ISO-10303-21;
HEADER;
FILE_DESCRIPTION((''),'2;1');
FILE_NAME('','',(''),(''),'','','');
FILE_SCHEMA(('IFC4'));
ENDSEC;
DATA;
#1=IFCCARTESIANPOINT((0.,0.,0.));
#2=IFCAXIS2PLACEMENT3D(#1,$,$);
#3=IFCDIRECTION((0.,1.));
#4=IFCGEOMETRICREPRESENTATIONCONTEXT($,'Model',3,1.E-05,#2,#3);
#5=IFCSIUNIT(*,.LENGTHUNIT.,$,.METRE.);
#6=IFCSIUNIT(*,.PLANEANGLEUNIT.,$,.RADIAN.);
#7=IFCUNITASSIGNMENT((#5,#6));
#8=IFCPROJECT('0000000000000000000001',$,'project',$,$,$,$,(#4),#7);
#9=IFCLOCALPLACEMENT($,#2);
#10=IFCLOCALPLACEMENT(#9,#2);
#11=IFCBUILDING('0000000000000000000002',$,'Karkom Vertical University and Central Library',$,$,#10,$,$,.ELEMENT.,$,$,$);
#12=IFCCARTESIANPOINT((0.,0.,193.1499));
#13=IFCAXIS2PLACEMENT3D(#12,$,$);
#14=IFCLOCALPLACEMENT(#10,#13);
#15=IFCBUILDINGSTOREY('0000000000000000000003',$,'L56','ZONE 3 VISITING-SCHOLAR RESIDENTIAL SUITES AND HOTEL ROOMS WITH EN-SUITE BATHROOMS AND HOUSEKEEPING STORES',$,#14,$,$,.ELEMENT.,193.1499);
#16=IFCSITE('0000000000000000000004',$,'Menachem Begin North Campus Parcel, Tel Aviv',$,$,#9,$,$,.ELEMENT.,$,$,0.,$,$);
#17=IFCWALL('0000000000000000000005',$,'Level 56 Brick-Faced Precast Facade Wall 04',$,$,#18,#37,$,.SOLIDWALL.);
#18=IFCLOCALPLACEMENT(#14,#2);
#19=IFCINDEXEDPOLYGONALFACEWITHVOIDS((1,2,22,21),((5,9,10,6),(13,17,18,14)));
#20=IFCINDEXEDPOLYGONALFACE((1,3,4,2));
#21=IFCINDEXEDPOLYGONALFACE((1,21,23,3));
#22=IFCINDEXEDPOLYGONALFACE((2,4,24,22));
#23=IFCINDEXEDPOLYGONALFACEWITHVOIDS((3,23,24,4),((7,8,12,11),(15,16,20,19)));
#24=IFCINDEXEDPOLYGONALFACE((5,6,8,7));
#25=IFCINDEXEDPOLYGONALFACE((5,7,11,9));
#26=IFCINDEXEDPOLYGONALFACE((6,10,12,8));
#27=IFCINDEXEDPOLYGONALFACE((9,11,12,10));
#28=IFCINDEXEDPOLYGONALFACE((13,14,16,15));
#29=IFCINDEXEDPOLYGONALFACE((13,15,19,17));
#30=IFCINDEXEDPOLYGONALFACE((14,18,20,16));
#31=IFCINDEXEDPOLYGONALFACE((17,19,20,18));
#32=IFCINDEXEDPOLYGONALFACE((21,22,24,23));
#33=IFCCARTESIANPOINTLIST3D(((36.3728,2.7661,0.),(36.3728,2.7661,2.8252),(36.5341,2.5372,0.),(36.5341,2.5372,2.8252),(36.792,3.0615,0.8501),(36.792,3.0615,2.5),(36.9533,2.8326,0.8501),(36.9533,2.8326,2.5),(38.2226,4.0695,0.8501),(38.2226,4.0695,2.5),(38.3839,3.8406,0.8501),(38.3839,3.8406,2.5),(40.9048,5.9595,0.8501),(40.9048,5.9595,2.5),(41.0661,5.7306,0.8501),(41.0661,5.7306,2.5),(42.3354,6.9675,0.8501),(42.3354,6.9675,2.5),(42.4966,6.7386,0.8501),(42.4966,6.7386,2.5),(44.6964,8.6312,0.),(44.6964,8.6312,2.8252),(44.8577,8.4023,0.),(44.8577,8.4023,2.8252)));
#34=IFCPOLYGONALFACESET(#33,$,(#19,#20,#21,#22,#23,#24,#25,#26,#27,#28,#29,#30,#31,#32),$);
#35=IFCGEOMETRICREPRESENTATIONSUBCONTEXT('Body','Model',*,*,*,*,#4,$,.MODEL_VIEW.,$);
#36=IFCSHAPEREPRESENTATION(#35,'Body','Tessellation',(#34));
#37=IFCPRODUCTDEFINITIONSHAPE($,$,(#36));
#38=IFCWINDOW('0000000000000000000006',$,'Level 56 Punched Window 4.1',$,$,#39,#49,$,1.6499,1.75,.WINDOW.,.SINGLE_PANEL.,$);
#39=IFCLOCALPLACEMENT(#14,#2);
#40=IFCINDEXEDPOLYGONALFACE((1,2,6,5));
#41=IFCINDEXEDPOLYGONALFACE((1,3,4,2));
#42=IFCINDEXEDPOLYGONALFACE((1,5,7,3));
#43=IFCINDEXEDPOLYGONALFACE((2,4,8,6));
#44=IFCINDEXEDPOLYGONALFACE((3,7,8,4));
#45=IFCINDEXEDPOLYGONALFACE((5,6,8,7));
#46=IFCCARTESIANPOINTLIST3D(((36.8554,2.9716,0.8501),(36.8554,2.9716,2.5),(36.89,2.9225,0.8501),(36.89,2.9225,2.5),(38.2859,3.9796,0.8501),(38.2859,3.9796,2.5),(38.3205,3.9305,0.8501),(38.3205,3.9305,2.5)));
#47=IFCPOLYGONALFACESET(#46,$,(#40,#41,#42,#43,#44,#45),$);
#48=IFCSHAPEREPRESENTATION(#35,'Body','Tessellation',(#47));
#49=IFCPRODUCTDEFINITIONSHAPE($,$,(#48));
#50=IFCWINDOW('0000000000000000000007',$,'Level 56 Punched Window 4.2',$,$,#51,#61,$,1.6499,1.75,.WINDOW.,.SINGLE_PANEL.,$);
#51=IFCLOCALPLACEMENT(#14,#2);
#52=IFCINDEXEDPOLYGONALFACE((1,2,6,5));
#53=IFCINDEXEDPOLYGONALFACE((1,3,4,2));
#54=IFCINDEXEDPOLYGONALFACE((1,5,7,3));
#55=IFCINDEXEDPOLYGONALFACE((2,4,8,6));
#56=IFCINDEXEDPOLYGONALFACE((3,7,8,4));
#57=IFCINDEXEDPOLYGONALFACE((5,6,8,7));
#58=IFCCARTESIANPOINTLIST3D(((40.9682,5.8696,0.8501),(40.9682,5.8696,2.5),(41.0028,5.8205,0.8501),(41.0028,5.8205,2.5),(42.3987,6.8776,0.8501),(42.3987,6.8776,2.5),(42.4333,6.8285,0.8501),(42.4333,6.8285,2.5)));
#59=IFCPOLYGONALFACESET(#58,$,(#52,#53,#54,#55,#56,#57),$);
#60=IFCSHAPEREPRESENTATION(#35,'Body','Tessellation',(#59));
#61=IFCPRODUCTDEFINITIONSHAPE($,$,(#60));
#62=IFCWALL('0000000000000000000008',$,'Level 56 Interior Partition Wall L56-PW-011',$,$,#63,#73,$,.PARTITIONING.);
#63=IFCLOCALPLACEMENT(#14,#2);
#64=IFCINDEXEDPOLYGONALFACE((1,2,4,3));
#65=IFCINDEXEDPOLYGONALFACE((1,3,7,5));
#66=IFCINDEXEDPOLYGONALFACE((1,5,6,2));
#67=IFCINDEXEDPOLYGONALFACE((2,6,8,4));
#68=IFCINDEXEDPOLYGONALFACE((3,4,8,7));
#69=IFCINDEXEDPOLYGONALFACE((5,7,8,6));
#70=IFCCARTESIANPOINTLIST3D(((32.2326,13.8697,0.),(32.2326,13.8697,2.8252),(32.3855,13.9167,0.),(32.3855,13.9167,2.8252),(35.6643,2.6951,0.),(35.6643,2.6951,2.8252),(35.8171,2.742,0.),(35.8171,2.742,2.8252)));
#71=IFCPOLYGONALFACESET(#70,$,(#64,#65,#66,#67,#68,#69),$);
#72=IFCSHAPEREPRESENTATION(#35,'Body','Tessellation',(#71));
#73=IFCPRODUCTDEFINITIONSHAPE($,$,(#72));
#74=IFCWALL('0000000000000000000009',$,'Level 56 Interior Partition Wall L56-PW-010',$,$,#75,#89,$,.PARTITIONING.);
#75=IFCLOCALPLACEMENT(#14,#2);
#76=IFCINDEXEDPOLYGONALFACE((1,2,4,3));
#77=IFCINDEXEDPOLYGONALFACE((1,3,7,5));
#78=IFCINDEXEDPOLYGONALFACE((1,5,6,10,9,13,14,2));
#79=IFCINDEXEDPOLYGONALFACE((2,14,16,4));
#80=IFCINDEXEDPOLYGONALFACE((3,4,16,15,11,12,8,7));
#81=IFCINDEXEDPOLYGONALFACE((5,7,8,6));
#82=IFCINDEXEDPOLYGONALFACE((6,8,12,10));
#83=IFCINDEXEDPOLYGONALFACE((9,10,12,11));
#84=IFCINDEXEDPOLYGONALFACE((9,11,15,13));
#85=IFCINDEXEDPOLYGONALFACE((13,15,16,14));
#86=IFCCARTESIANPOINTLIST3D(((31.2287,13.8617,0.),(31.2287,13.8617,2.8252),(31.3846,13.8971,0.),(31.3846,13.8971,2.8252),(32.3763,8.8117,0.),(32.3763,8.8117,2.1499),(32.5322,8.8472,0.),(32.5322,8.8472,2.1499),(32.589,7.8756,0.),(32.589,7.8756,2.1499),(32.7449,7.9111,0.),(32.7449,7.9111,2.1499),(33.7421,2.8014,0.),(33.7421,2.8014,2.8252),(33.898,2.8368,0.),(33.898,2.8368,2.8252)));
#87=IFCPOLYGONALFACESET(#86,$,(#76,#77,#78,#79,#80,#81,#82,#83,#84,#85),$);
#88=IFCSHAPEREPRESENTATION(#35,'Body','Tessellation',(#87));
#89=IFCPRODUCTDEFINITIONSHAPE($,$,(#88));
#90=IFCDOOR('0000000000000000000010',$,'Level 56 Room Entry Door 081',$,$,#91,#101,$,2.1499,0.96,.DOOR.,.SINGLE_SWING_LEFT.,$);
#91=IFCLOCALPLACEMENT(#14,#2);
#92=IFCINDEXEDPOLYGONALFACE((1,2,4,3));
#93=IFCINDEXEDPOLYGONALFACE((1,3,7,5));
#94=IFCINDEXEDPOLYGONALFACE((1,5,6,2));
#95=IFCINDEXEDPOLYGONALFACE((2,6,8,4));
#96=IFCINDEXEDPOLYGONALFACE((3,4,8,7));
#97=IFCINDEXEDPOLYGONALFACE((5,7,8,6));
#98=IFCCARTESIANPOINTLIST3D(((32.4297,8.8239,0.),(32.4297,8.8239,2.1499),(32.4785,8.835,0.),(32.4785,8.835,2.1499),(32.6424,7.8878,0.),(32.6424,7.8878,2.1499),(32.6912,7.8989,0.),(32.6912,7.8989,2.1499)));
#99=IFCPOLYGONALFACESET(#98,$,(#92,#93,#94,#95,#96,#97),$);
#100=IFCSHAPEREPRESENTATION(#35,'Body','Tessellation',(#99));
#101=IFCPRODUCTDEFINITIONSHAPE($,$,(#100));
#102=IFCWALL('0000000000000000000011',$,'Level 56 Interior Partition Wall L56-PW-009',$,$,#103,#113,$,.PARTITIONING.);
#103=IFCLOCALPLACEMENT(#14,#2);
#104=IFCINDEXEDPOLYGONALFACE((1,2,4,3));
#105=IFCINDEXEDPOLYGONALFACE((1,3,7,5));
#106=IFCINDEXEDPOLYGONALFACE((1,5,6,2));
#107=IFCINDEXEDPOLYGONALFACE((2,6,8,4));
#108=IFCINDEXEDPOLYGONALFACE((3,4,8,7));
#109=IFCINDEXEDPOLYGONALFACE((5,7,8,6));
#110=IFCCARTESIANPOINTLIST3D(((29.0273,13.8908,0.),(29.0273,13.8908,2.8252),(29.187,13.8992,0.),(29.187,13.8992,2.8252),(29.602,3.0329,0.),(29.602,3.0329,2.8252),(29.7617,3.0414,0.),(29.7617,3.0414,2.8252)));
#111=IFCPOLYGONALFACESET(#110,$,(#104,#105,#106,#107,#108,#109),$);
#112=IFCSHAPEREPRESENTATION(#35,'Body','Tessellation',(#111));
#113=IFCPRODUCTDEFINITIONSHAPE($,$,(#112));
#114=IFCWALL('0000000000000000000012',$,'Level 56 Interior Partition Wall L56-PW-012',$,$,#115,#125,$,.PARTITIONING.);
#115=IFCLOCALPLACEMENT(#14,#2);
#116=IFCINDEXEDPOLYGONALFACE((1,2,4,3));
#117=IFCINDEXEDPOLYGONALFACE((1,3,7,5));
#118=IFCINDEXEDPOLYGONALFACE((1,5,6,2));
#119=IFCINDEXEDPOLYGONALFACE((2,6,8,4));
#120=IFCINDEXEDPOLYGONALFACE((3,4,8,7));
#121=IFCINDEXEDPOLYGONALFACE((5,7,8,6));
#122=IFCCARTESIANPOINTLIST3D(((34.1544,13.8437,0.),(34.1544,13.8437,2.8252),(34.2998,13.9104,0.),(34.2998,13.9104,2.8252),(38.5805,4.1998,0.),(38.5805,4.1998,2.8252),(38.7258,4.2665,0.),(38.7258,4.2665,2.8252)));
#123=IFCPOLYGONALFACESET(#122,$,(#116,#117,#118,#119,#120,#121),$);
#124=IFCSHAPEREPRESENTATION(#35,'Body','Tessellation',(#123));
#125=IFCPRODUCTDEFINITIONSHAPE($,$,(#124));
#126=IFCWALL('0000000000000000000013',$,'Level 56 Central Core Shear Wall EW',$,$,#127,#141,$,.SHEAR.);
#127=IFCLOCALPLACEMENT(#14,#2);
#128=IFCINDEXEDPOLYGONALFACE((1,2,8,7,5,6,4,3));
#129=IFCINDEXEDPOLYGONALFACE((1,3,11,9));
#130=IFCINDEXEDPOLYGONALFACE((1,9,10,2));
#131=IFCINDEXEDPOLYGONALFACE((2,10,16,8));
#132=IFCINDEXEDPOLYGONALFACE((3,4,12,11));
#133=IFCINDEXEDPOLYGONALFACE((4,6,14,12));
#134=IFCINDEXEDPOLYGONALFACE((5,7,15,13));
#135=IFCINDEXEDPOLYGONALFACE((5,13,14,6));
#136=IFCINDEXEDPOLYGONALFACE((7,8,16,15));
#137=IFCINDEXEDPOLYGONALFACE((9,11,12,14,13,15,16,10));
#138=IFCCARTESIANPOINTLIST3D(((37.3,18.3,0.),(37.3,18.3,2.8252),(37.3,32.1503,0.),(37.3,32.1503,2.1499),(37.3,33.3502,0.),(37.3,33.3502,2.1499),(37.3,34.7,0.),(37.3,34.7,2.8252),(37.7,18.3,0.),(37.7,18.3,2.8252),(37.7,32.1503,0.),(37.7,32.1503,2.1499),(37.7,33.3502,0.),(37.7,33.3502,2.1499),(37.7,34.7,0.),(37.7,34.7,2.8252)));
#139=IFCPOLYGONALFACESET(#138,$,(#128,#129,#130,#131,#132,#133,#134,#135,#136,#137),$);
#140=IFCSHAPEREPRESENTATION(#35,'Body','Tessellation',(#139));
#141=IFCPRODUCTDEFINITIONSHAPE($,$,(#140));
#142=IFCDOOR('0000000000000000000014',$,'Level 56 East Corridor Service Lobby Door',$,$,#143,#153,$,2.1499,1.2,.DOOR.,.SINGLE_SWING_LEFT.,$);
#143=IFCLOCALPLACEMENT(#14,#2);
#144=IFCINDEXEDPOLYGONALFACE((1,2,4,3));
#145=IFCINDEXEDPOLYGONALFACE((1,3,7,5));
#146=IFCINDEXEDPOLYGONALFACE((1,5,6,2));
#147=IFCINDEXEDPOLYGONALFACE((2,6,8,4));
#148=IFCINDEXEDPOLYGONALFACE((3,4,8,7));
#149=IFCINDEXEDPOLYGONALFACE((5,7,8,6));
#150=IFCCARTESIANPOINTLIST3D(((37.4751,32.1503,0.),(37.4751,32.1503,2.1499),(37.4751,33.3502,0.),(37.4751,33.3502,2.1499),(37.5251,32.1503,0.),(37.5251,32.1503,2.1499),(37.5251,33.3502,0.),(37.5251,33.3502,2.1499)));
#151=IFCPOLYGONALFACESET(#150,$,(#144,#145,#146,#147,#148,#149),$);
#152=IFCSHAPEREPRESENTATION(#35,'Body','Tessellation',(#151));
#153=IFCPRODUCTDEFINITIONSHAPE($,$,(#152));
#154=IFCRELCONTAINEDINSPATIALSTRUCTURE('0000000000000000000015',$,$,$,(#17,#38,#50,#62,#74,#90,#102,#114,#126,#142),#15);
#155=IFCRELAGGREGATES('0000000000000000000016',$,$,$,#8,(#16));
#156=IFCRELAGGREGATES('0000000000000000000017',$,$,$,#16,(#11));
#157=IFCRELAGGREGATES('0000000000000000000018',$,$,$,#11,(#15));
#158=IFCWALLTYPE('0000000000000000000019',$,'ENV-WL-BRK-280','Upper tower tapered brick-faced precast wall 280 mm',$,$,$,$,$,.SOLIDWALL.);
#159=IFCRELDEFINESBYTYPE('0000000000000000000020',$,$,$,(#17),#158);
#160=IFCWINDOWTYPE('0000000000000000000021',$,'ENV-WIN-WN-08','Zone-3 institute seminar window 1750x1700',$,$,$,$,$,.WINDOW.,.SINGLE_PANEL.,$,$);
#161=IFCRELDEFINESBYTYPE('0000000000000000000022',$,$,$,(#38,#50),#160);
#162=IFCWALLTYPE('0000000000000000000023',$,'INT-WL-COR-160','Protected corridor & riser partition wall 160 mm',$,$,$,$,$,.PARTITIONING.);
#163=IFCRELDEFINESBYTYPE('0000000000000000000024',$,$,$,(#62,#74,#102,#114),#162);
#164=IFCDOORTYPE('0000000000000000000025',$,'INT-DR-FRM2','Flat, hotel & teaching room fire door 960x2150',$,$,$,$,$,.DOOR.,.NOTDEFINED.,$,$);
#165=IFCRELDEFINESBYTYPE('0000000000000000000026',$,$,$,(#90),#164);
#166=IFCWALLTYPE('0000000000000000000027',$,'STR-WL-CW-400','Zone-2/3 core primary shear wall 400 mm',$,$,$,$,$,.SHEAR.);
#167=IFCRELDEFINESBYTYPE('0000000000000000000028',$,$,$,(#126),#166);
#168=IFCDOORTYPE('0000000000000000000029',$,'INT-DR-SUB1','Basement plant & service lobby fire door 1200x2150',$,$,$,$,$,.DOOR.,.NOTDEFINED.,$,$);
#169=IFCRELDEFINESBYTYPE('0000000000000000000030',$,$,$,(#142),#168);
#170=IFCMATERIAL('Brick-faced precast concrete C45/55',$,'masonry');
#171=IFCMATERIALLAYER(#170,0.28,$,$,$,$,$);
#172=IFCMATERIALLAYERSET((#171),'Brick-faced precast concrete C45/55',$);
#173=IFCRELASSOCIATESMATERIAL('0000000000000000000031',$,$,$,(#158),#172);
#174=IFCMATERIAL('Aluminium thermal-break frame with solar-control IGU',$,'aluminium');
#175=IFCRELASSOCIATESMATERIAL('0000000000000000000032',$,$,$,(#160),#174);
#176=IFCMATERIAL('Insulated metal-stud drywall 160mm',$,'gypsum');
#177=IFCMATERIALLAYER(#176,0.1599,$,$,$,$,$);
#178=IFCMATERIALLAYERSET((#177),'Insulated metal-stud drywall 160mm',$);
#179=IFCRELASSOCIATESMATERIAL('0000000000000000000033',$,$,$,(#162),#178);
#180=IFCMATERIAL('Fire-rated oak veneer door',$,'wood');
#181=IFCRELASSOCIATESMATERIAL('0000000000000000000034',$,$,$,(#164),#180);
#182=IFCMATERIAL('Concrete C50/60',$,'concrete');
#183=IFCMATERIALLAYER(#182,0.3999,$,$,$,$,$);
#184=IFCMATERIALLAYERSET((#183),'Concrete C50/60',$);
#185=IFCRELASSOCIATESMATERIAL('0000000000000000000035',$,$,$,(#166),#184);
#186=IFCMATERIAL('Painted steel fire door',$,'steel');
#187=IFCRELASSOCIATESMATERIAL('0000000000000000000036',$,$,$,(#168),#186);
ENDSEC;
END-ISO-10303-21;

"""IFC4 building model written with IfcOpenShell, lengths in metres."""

from ifc_helpers import new_model, si_unit, direction, frame, frame_2d, origin, origin_with_axes, place, context, subcontext, project, spatial, rectangle, extrude, source, transform, mapped, material, layer, layer_set, type_object, element, fill, save


model = new_model("IFC4")

# Units and contexts
model_context = context("Model", 3, precision=1e-05, world=origin(), true_north=direction((0.0, 1.0)))
body_context = subcontext(model_context, "Body", "Model", "MODEL_VIEW")
ifc_project = project(units=[si_unit("LENGTHUNIT", "METRE"), si_unit("PLANEANGLEUNIT", "RADIAN")], contexts=[model_context])

# Site, building, storey
site_placement = place(None, origin())
site = spatial("IfcSite", under=ifc_project, at=site_placement, Name="Menachem Begin North Campus Parcel, Tel Aviv", CompositionType="ELEMENT", RefElevation=0.0)
building_placement = place(site_placement, origin())
building = spatial("IfcBuilding", under=site, at=building_placement, Name="Karkom Vertical University and Central Library", CompositionType="ELEMENT")
storey_placement = place(building_placement, frame((0.0, 0.0, 193.1499)))
storey = spatial("IfcBuildingStorey", under=building, at=storey_placement, Name="L56", Description="ZONE 3 VISITING-SCHOLAR RESIDENTIAL SUITES AND HOTEL ROOMS WITH EN-SUITE BATHROOMS AND HOUSEKEEPING STORES", CompositionType="ELEMENT", Elevation=193.1499)

# Shared definitions
ifc_material_1 = material(Name="Concrete C50/60", Category="concrete")

# Wall, openings, windows
ifc_material_2 = material(Name="Brick-faced precast concrete C45/55", Category="masonry")
ifc_layer_1 = layer(ifc_material_2, 0.28)
ifc_layer_set_1 = layer_set([ifc_layer_1], Name="Brick-faced precast concrete C45/55")
wall_type_1 = type_object("IfcWallType", Name="ENV-WL-BRK-280", Description="Upper tower tapered brick-faced precast wall 280 mm", PredefinedType="SOLIDWALL", material=ifc_layer_set_1)
wall_1_placement = place(storey_placement, frame((36.4534, 2.6516, 0.0), z_axis=(0.0, 0.0, 1.0), x_axis=(0.817449, 0.576001, 0.0)))
wall_1 = element("IfcWall", 1, at=wall_1_placement, inside=storey, type_object=wall_type_1, Name="Level 56 Brick-Faced Precast Facade Wall 04", PredefinedType="SOLIDWALL", context=body_context, shape_type="SweptSolid", body=[
    extrude(rectangle(XDim=10.1824, YDim=0.28, at=frame_2d((5.0913, 0.0))), origin(), (0.0, 0.0, 1.0), 2.8252),
])
opening_1_placement = place(wall_1_placement, frame((0.5129, 0.0, 0.8501)))
opening_1 = element("IfcOpeningElement", 2, at=opening_1_placement, cuts=wall_1, PredefinedType="OPENING", context=body_context, shape_type="SweptSolid", body=[
    extrude(rectangle(XDim=1.75, YDim=1.6499, at=frame_2d((0.875, 0.825))), frame((0.0, 0.1499, 0.0), z_axis=(0.0, -1.0, 0.0), x_axis=(1.0, 0.0, 0.0)), (0.0, 0.0, 1.0), 0.3),
])
opening_2_placement = place(wall_1_placement, frame((5.5442, 0.0, 0.8501)))
opening_2 = element("IfcOpeningElement", 3, at=opening_2_placement, cuts=wall_1, PredefinedType="OPENING", context=body_context, shape_type="SweptSolid", body=[
    extrude(rectangle(XDim=1.75, YDim=1.6499, at=frame_2d((0.875, 0.825))), frame((0.0, 0.1499, 0.0), z_axis=(0.0, -1.0, 0.0), x_axis=(1.0, 0.0, 0.0)), (0.0, 0.0, 1.0), 0.3),
])
ifc_material_3 = material(Name="Aluminium thermal-break frame with solar-control IGU", Category="aluminium")
window_type = type_object("IfcWindowType", Name="ENV-WIN-WN-08", Description="Zone-3 institute seminar window 1750x1700", PartitioningType="SINGLE_PANEL", PredefinedType="WINDOW", material=ifc_material_3)
shared_shape_1 = source(origin_with_axes(), body_context, "Body", "SweptSolid", [
    extrude(rectangle(XDim=1.75, YDim=1.6499, at=frame_2d((0.875, 0.825))), frame((0.0, 0.03, 0.0), z_axis=(0.0, -1.0, 0.0), x_axis=(1.0, 0.0, 0.0)), (0.0, 0.0, 1.0), 0.0601),
])
window_1_placement = place(opening_1_placement, origin())
window_1 = element("IfcWindow", 4, at=window_1_placement, inside=storey, type_object=window_type, Name="Level 56 Punched Window 4.1", OverallHeight=1.6499, OverallWidth=1.75, PartitioningType="SINGLE_PANEL", PredefinedType="WINDOW", context=body_context, shape_type="MappedRepresentation", body=[
    mapped(shared_shape_1, transform((0.0, 0.0, 0.0), scale=1.0)),
])
fill(opening_1, window_1)
window_2_placement = place(opening_2_placement, origin())
window_2 = element("IfcWindow", 5, at=window_2_placement, inside=storey, type_object=window_type, Name="Level 56 Punched Window 4.2", OverallHeight=1.6499, OverallWidth=1.75, PartitioningType="SINGLE_PANEL", PredefinedType="WINDOW", context=body_context, shape_type="MappedRepresentation", body=[
    mapped(shared_shape_1, transform((0.0, 0.0, 0.0), scale=1.0)),
])
fill(opening_2, window_2)

# Wall
ifc_material_4 = material(Name="Insulated metal-stud drywall 160mm", Category="gypsum")
ifc_layer_2 = layer(ifc_material_4, 0.1599)
ifc_layer_set_2 = layer_set([ifc_layer_2], Name="Insulated metal-stud drywall 160mm")
wall_type_2 = type_object("IfcWallType", Name="INT-WL-COR-160", Description="Protected corridor & riser partition wall 160 mm", PredefinedType="PARTITIONING", material=ifc_layer_set_2)
wall_2_placement = place(storey_placement, frame((32.3091, 13.8931, 0.0), z_axis=(0.0, 0.0, 1.0), x_axis=(0.293563, -0.95594, 0.0)))
element("IfcWall", 6, at=wall_2_placement, inside=storey, type_object=wall_type_2, Name="Level 56 Interior Partition Wall L56-PW-011", PredefinedType="PARTITIONING", context=body_context, shape_type="SweptSolid", body=[
    extrude(rectangle(XDim=11.6897, YDim=0.1599, at=frame_2d((5.8447, 0.0))), origin(), (0.0, 0.0, 1.0), 2.8252),
])

# Wall, opening, door
wall_3_placement = place(storey_placement, frame((31.3066, 13.8794, 0.0), z_axis=(0.0, 0.0, 1.0), x_axis=(0.221598, -0.975138, 0.0)))
wall_3 = element("IfcWall", 7, at=wall_3_placement, inside=storey, type_object=wall_type_2, Name="Level 56 Interior Partition Wall L56-PW-010", PredefinedType="PARTITIONING", context=body_context, shape_type="SweptSolid", body=[
    extrude(rectangle(XDim=11.3423, YDim=0.1599, at=frame_2d((5.6711, 0.0))), origin(), (0.0, 0.0, 1.0), 2.8252),
])
opening_3_placement = place(wall_3_placement, frame((5.1787, 0.0, 0.0)))
opening_3 = element("IfcOpeningElement", 8, at=opening_3_placement, cuts=wall_3, PredefinedType="OPENING", context=body_context, shape_type="SweptSolid", body=[
    extrude(rectangle(XDim=0.96, YDim=2.1499, at=frame_2d((0.48, 1.075))), frame((0.0, 0.0898, 0.0), z_axis=(0.0, -1.0, 0.0), x_axis=(1.0, 0.0, 0.0)), (0.0, 0.0, 1.0), 0.1799),
])
ifc_material_5 = material(Name="Fire-rated oak veneer door", Category="wood")
door_type_1 = type_object("IfcDoorType", Name="INT-DR-FRM2", Description="Flat, hotel & teaching room fire door 960x2150", OperationType="NOTDEFINED", PredefinedType="DOOR", material=ifc_material_5)
shared_shape_2 = source(origin_with_axes(), body_context, "Body", "SweptSolid", [
    extrude(rectangle(XDim=0.96, YDim=2.1499, at=frame_2d((0.48, 1.075))), frame((0.0, 0.0249, 0.0), z_axis=(0.0, -1.0, 0.0), x_axis=(1.0, 0.0, 0.0)), (0.0, 0.0, 1.0), 0.05),
])
door_1_placement = place(opening_3_placement, origin())
door_1 = element("IfcDoor", 9, at=door_1_placement, inside=storey, type_object=door_type_1, Name="Level 56 Room Entry Door 081", OperationType="SINGLE_SWING_LEFT", OverallHeight=2.1499, OverallWidth=0.96, PredefinedType="DOOR", context=body_context, shape_type="MappedRepresentation", body=[
    mapped(shared_shape_2, transform((0.0, 0.0, 0.0), scale=1.0)),
])
fill(opening_3, door_1)

# Walls
wall_4_placement = place(storey_placement, frame((29.1072, 13.895, 0.0), z_axis=(0.0, 0.0, 1.0), x_axis=(0.052856, -0.998602, 0.0)))
element("IfcWall", 10, at=wall_4_placement, inside=storey, type_object=wall_type_2, Name="Level 56 Interior Partition Wall L56-PW-009", PredefinedType="PARTITIONING", context=body_context, shape_type="SweptSolid", body=[
    extrude(rectangle(XDim=10.873, YDim=0.1599, at=frame_2d((5.4365, 0.0))), origin(), (0.0, 0.0, 1.0), 2.8252),
])
wall_5_placement = place(storey_placement, frame((34.2271, 13.8772, 0.0), z_axis=(0.0, 0.0, 1.0), x_axis=(0.417118, -0.908852, 0.0)))
element("IfcWall", 11, at=wall_5_placement, inside=storey, type_object=wall_type_2, Name="Level 56 Interior Partition Wall L56-PW-012", PredefinedType="PARTITIONING", context=body_context, shape_type="SweptSolid", body=[
    extrude(rectangle(XDim=10.6111, YDim=0.1599, at=frame_2d((5.3057, 0.0))), origin(), (0.0, 0.0, 1.0), 2.8252),
])

# Wall, opening, door
ifc_layer_3 = layer(ifc_material_1, 0.3999)
ifc_layer_set_3 = layer_set([ifc_layer_3], Name="Concrete C50/60")
wall_type_3 = type_object("IfcWallType", Name="STR-WL-CW-400", Description="Zone-2/3 core primary shear wall 400 mm", PredefinedType="SHEAR", material=ifc_layer_set_3)
wall_6_placement = place(storey_placement, frame((37.5, 18.3, 0.0), z_axis=(0.0, 0.0, 1.0), x_axis=(0.0, 1.0, 0.0)))
wall_6 = element("IfcWall", 12, at=wall_6_placement, inside=storey, type_object=wall_type_3, Name="Level 56 Central Core Shear Wall EW", PredefinedType="SHEAR", context=body_context, shape_type="SweptSolid", body=[
    extrude(rectangle(XDim=16.3999, YDim=0.3999, at=frame_2d((8.2, 0.0))), origin(), (0.0, 0.0, 1.0), 2.8252),
])
opening_4_placement = place(wall_6_placement, frame((13.8501, 0.0, 0.0)))
opening_4 = element("IfcOpeningElement", 13, at=opening_4_placement, cuts=wall_6, PredefinedType="OPENING", context=body_context, shape_type="SweptSolid", body=[
    extrude(rectangle(XDim=1.2, YDim=2.1499, at=frame_2d((0.6001, 1.075))), frame((0.0, 0.21, 0.0), z_axis=(0.0, -1.0, 0.0), x_axis=(1.0, 0.0, 0.0)), (0.0, 0.0, 1.0), 0.4199),
])
ifc_material_6 = material(Name="Painted steel fire door", Category="steel")
door_type_2 = type_object("IfcDoorType", Name="INT-DR-SUB1", Description="Basement plant & service lobby fire door 1200x2150", OperationType="NOTDEFINED", PredefinedType="DOOR", material=ifc_material_6)
shared_shape_3 = source(origin_with_axes(), body_context, "Body", "SweptSolid", [
    extrude(rectangle(XDim=1.2, YDim=2.1499, at=frame_2d((0.6001, 1.075))), frame((0.0, 0.0249, 0.0), z_axis=(0.0, -1.0, 0.0), x_axis=(1.0, 0.0, 0.0)), (0.0, 0.0, 1.0), 0.05),
])
door_2_placement = place(opening_4_placement, origin())
door_2 = element("IfcDoor", 14, at=door_2_placement, inside=storey, type_object=door_type_2, Name="Level 56 East Corridor Service Lobby Door", OperationType="SINGLE_SWING_LEFT", OverallHeight=2.1499, OverallWidth=1.2, PredefinedType="DOOR", context=body_context, shape_type="MappedRepresentation", body=[
    mapped(shared_shape_3, transform((0.0, 0.0, 0.0), scale=1.0)),
])
fill(opening_4, door_2)

save(model, "model.ifc")
